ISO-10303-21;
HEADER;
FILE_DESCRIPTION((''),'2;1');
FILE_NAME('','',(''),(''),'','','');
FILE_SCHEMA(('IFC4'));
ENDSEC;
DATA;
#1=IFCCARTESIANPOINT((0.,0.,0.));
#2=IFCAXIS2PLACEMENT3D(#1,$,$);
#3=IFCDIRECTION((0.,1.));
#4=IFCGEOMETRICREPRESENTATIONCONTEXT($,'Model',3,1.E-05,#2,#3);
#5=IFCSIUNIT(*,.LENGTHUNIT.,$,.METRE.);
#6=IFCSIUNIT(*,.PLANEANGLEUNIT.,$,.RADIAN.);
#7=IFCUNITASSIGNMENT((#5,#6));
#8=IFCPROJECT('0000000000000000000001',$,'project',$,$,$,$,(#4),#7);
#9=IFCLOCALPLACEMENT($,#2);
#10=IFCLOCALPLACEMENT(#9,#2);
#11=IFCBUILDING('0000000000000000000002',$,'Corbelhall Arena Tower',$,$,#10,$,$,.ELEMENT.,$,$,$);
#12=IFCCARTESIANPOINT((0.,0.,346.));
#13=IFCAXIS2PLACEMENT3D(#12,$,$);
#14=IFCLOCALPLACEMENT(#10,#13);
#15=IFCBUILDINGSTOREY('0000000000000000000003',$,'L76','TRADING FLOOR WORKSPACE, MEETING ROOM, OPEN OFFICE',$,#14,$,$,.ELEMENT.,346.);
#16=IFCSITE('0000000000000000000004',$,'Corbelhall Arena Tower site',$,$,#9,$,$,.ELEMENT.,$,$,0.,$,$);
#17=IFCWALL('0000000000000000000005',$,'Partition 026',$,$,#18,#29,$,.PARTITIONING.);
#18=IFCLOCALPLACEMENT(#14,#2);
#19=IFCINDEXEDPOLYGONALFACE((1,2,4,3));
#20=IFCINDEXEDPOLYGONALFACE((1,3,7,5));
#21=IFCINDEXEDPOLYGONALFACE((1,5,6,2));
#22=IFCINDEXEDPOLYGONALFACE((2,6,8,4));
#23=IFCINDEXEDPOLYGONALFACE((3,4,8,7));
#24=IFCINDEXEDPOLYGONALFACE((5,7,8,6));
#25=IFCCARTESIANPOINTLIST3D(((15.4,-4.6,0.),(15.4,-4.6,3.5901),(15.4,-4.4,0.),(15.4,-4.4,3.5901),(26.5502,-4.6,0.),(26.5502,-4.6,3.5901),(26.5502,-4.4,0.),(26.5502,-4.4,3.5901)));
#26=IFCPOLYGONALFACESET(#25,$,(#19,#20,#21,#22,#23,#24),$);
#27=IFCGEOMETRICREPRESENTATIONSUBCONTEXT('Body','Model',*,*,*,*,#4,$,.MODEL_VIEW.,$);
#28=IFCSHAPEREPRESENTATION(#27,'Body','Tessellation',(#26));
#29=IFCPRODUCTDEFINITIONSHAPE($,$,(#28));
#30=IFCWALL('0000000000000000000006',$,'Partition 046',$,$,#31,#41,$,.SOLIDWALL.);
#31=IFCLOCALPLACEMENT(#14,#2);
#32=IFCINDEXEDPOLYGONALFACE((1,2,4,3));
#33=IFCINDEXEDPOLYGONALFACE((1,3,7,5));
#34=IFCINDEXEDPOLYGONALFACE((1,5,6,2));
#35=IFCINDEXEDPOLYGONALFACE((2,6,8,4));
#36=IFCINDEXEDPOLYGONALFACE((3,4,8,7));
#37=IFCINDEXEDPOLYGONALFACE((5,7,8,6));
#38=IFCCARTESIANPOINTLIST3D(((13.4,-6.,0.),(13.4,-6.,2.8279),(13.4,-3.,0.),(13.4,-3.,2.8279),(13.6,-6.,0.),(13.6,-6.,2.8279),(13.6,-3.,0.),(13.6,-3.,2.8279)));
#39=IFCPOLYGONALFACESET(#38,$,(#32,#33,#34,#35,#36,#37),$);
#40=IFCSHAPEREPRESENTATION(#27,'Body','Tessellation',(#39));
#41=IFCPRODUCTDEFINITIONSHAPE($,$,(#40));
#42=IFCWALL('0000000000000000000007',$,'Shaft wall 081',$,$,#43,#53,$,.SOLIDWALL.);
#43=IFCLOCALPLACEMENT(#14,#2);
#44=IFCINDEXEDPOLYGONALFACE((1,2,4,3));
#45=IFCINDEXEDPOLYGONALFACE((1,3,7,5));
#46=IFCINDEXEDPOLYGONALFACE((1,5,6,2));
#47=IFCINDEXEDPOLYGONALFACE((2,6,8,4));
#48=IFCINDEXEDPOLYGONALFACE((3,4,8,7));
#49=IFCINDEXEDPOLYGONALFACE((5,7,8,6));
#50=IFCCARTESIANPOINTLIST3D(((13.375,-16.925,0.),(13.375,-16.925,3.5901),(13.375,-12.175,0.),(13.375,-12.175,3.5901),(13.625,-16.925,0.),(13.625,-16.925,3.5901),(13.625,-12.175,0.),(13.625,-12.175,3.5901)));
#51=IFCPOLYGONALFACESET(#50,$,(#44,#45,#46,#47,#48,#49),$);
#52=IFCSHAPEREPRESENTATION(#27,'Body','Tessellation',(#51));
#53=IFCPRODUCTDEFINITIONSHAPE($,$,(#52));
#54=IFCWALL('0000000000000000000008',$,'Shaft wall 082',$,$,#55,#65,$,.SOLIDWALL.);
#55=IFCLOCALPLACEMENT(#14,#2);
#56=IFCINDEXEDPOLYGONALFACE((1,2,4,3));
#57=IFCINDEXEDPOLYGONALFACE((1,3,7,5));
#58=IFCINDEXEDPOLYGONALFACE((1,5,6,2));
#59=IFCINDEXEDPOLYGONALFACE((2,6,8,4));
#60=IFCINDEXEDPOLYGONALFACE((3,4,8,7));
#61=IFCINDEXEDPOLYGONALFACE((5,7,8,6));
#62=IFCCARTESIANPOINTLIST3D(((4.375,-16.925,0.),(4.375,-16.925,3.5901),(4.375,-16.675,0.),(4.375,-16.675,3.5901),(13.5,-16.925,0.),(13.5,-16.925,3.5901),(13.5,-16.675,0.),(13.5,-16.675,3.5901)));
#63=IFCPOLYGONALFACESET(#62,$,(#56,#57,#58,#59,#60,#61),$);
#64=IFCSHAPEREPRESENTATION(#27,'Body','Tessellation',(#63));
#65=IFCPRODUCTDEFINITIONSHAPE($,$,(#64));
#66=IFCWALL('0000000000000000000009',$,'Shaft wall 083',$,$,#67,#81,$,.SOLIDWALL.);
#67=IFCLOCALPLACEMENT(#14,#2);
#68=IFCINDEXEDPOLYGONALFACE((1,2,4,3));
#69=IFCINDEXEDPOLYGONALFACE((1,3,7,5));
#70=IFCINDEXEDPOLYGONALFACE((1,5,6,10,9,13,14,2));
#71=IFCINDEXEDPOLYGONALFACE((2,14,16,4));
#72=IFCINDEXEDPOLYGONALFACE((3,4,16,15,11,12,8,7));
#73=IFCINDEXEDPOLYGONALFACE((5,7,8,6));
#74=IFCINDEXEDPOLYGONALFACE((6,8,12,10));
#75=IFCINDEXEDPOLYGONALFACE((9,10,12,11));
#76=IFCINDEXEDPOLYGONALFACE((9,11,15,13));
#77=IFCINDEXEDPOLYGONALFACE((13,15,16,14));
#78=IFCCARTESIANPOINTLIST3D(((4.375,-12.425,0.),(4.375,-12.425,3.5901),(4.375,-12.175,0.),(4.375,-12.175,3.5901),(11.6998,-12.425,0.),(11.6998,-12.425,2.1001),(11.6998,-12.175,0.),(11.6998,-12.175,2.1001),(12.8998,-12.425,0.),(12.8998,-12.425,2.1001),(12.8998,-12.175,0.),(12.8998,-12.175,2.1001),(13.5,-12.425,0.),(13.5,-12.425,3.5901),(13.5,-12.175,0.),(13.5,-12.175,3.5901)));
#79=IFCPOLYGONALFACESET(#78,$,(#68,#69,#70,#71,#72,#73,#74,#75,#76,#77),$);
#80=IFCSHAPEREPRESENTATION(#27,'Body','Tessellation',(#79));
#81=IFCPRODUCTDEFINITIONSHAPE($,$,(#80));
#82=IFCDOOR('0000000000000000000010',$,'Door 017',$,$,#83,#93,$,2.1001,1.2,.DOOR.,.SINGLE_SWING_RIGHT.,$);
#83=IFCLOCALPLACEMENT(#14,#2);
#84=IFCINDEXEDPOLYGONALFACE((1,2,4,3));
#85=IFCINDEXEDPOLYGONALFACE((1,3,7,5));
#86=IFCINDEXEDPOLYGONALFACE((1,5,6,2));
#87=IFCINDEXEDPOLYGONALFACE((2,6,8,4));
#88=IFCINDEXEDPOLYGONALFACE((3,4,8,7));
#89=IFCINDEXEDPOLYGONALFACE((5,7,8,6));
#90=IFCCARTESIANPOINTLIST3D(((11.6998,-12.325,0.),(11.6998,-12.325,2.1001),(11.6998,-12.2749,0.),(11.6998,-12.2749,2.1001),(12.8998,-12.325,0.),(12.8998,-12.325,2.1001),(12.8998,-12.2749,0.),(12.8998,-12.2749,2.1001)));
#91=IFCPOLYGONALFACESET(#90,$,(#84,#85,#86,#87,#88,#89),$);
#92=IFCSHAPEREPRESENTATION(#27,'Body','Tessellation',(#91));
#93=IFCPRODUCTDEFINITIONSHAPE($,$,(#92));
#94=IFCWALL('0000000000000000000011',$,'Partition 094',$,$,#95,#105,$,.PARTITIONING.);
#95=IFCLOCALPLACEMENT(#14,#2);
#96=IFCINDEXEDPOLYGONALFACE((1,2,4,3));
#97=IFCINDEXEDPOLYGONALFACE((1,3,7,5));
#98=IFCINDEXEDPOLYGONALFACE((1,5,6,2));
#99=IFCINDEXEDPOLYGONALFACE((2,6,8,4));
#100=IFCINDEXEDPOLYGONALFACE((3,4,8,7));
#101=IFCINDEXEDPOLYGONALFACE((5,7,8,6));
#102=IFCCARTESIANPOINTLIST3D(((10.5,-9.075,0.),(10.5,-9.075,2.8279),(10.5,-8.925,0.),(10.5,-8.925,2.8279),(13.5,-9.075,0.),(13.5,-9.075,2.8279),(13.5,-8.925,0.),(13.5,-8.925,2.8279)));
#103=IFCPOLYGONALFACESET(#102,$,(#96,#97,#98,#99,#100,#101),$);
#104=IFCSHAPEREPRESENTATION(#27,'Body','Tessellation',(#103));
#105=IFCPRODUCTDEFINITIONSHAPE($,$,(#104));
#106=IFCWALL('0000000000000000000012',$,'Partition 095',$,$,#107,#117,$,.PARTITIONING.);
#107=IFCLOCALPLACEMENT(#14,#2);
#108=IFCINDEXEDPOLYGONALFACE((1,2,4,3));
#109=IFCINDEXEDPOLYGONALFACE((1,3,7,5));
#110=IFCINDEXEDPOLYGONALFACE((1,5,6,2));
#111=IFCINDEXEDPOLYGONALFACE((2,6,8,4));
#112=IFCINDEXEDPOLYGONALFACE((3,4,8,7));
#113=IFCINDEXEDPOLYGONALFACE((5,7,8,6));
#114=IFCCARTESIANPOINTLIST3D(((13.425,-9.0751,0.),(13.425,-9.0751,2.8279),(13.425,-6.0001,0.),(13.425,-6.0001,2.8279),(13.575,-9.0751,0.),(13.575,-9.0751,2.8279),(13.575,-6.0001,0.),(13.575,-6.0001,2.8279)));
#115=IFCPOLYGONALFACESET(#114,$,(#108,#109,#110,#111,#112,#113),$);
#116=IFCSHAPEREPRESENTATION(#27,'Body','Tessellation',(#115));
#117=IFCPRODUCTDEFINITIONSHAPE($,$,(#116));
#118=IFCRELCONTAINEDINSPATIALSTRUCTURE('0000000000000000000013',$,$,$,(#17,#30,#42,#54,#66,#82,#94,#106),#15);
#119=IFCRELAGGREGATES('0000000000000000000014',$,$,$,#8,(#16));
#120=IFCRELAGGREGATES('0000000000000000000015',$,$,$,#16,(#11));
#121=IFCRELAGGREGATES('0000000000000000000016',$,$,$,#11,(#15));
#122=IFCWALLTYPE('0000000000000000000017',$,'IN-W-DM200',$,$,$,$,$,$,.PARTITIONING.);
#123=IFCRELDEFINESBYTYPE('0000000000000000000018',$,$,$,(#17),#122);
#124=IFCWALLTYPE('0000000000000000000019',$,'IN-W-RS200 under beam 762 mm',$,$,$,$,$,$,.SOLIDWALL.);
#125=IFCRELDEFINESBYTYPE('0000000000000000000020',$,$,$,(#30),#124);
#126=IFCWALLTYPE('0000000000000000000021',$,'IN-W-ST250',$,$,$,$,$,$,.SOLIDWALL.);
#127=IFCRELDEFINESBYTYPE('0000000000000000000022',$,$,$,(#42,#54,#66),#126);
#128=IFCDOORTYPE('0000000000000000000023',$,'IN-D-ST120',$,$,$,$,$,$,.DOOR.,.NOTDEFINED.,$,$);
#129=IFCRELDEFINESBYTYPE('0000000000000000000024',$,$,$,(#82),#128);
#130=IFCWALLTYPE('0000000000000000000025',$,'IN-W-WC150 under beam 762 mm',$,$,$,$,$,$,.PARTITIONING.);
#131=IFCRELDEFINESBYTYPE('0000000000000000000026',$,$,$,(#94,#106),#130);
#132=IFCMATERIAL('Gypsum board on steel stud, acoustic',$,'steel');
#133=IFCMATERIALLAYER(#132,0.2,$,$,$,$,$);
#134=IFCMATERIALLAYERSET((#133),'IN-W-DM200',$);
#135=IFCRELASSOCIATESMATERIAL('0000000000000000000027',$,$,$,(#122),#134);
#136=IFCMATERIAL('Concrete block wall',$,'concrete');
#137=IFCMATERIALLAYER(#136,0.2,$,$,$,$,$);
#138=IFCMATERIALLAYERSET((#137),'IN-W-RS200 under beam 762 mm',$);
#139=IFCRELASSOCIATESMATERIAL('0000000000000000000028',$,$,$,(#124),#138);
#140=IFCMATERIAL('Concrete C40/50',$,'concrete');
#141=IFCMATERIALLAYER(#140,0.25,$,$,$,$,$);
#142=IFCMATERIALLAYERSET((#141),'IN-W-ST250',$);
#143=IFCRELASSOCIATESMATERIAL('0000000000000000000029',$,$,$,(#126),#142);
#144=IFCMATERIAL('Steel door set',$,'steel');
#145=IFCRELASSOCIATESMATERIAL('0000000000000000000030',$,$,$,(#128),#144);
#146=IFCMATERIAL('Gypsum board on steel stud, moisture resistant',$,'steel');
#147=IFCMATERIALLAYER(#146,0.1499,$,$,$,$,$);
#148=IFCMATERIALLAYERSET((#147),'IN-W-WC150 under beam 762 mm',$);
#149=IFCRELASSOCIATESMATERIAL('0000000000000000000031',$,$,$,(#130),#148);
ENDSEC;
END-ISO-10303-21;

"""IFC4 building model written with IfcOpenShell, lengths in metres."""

from ifc_helpers import new_model, si_unit, direction, frame, frame_2d, origin, place, context, subcontext, project, spatial, rectangle, extrude, material, layer, layer_set, type_object, element, fill, save


model = new_model("IFC4")

# Units and contexts
model_context = context("Model", 3, precision=1e-05, world=origin(), true_north=direction((0.0, 1.0)))
body_context = subcontext(model_context, "Body", "Model", "MODEL_VIEW")
ifc_project = project(units=[si_unit("LENGTHUNIT", "METRE"), si_unit("PLANEANGLEUNIT", "RADIAN")], contexts=[model_context])

# Site, building, storey
site_placement = place(None, origin())
site = spatial("IfcSite", under=ifc_project, at=site_placement, Name="Corbelhall Arena Tower site", CompositionType="ELEMENT", RefElevation=0.0)
building_placement = place(site_placement, origin())
building = spatial("IfcBuilding", under=site, at=building_placement, Name="Corbelhall Arena Tower", CompositionType="ELEMENT")
storey_placement = place(building_placement, frame((0.0, 0.0, 346.0)))
storey = spatial("IfcBuildingStorey", under=building, at=storey_placement, Name="L76", Description="TRADING FLOOR WORKSPACE, MEETING ROOM, OPEN OFFICE", CompositionType="ELEMENT", Elevation=346.0)

# Walls
ifc_material_1 = material(Name="Gypsum board on steel stud, acoustic", Category="steel")
ifc_layer_1 = layer(ifc_material_1, 0.2)
ifc_layer_set_1 = layer_set([ifc_layer_1], Name="IN-W-DM200")
wall_type_1 = type_object("IfcWallType", Name="IN-W-DM200", PredefinedType="PARTITIONING", material=ifc_layer_set_1)
for number, where, z_axis, x_axis, name in (
    (1, (15.3999, -4.5, 0.0), (0.0, 0.0, 1.0), (1.0, 0.0, 0.0), "Partition 026"),
):
    element("IfcWall", number, at=place(storey_placement, frame(where, z_axis=z_axis, x_axis=x_axis)), inside=storey, type_object=wall_type_1, Name=name, PredefinedType="PARTITIONING", context=body_context, shape_type="SweptSolid", body=[
        extrude(rectangle(XDim=11.1501, YDim=0.2, at=frame_2d((5.5752, 0.0))), origin(), (0.0, 0.0, 1.0), 3.5901),
    ])
ifc_material_2 = material(Name="Concrete block wall", Category="concrete")
ifc_layer_2 = layer(ifc_material_2, 0.2)
ifc_layer_set_2 = layer_set([ifc_layer_2], Name="IN-W-RS200 under beam 762 mm")
wall_type_2 = type_object("IfcWallType", Name="IN-W-RS200 under beam 762 mm", PredefinedType="SOLIDWALL", material=ifc_layer_set_2)
wall_1_placement = place(storey_placement, frame((13.5, -3.0, 0.0), z_axis=(0.0, 0.0, 1.0), x_axis=(0.0, -1.0, 0.0)))
element("IfcWall", 2, at=wall_1_placement, inside=storey, type_object=wall_type_2, Name="Partition 046", PredefinedType="SOLIDWALL", context=body_context, shape_type="SweptSolid", body=[
    extrude(rectangle(XDim=3.0, YDim=0.2, at=frame_2d((1.5, 0.0))), origin(), (0.0, 0.0, 1.0), 2.8279),
])
ifc_material_3 = material(Name="Concrete C40/50", Category="concrete")
ifc_layer_3 = layer(ifc_material_3, 0.25)
ifc_layer_set_3 = layer_set([ifc_layer_3], Name="IN-W-ST250")
wall_type_3 = type_object("IfcWallType", Name="IN-W-ST250", PredefinedType="SOLIDWALL", material=ifc_layer_set_3)
wall_2_placement = place(storey_placement, frame((13.5, -16.925, 0.0), z_axis=(0.0, 0.0, 1.0), x_axis=(0.0, 1.0, 0.0)))
element("IfcWall", 3, at=wall_2_placement, inside=storey, type_object=wall_type_3, Name="Shaft wall 081", PredefinedType="SOLIDWALL", context=body_context, shape_type="SweptSolid", body=[
    extrude(rectangle(XDim=4.75, YDim=0.25, at=frame_2d((2.375, 0.0))), origin(), (0.0, 0.0, 1.0), 3.5901),
])
wall_3_placement = place(storey_placement, frame((13.5, -16.8, 0.0), z_axis=(0.0, 0.0, 1.0), x_axis=(-1.0, 0.0, 0.0)))
element("IfcWall", 4, at=wall_3_placement, inside=storey, type_object=wall_type_3, Name="Shaft wall 082", PredefinedType="SOLIDWALL", context=body_context, shape_type="SweptSolid", body=[
    extrude(rectangle(XDim=9.125, YDim=0.25, at=frame_2d((4.5625, 0.0))), origin(), (0.0, 0.0, 1.0), 3.5901),
])

# Wall, opening, door
wall_4_placement = place(storey_placement, frame((13.5, -12.3, 0.0), z_axis=(0.0, 0.0, 1.0), x_axis=(-1.0, 0.0, 0.0)))
wall_4 = element("IfcWall", 5, at=wall_4_placement, inside=storey, type_object=wall_type_3, Name="Shaft wall 083", PredefinedType="SOLIDWALL", context=body_context, shape_type="SweptSolid", body=[
    extrude(rectangle(XDim=9.125, YDim=0.25, at=frame_2d((4.5625, 0.0))), origin(), (0.0, 0.0, 1.0), 3.5901),
])
opening_1_placement = place(wall_4_placement, frame((0.6001, 0.0, 0.0)))
opening_1 = element("IfcOpeningElement", 6, at=opening_1_placement, cuts=wall_4, PredefinedType="OPENING", context=body_context, shape_type="SweptSolid", body=[
    extrude(rectangle(XDim=1.2, YDim=2.1001, at=frame_2d((0.6001, 1.05))), frame((0.0, 0.125, 0.0), z_axis=(0.0, -1.0, 0.0), x_axis=(1.0, 0.0, 0.0)), (0.0, 0.0, 1.0), 0.25),
])
ifc_material_4 = material(Name="Steel door set", Category="steel")
door_type = type_object("IfcDoorType", Name="IN-D-ST120", OperationType="NOTDEFINED", PredefinedType="DOOR", material=ifc_material_4)
door_placement = place(opening_1_placement, origin())
door = element("IfcDoor", 7, at=door_placement, inside=storey, type_object=door_type, Name="Door 017", OperationType="SINGLE_SWING_RIGHT", OverallHeight=2.1001, OverallWidth=1.2, PredefinedType="DOOR", context=body_context, shape_type="SweptSolid", body=[
    extrude(rectangle(XDim=1.2, YDim=2.1001, at=frame_2d((0.6001, 1.05))), frame((0.0, 0.0249, 0.0), z_axis=(0.0, -1.0, 0.0), x_axis=(1.0, 0.0, 0.0)), (0.0, 0.0, 1.0), 0.05),
])
fill(opening_1, door)

# Walls
ifc_material_5 = material(Name="Gypsum board on steel stud, moisture resistant", Category="steel")
ifc_layer_4 = layer(ifc_material_5, 0.1499)
ifc_layer_set_4 = layer_set([ifc_layer_4], Name="IN-W-WC150 under beam 762 mm")
wall_type_4 = type_object("IfcWallType", Name="IN-W-WC150 under beam 762 mm", PredefinedType="PARTITIONING", material=ifc_layer_set_4)
wall_5_placement = place(storey_placement, frame((13.5, -9.0, 0.0), z_axis=(0.0, 0.0, 1.0), x_axis=(-1.0, 0.0, 0.0)))
element("IfcWall", 8, at=wall_5_placement, inside=storey, type_object=wall_type_4, Name="Partition 094", PredefinedType="PARTITIONING", context=body_context, shape_type="SweptSolid", body=[
    extrude(rectangle(XDim=3.0, YDim=0.1499, at=frame_2d((1.5, 0.0))), origin(), (0.0, 0.0, 1.0), 2.8279),
])
wall_6_placement = place(storey_placement, frame((13.5, -6.0, 0.0), z_axis=(0.0, 0.0, 1.0), x_axis=(0.0, -1.0, 0.0)))
element("IfcWall", 9, at=wall_6_placement, inside=storey, type_object=wall_type_4, Name="Partition 095", PredefinedType="PARTITIONING", context=body_context, shape_type="SweptSolid", body=[
    extrude(rectangle(XDim=3.075, YDim=0.1499, at=frame_2d((1.5376, 0.0))), origin(), (0.0, 0.0, 1.0), 2.8279),
])

save(model, "model.ifc")
